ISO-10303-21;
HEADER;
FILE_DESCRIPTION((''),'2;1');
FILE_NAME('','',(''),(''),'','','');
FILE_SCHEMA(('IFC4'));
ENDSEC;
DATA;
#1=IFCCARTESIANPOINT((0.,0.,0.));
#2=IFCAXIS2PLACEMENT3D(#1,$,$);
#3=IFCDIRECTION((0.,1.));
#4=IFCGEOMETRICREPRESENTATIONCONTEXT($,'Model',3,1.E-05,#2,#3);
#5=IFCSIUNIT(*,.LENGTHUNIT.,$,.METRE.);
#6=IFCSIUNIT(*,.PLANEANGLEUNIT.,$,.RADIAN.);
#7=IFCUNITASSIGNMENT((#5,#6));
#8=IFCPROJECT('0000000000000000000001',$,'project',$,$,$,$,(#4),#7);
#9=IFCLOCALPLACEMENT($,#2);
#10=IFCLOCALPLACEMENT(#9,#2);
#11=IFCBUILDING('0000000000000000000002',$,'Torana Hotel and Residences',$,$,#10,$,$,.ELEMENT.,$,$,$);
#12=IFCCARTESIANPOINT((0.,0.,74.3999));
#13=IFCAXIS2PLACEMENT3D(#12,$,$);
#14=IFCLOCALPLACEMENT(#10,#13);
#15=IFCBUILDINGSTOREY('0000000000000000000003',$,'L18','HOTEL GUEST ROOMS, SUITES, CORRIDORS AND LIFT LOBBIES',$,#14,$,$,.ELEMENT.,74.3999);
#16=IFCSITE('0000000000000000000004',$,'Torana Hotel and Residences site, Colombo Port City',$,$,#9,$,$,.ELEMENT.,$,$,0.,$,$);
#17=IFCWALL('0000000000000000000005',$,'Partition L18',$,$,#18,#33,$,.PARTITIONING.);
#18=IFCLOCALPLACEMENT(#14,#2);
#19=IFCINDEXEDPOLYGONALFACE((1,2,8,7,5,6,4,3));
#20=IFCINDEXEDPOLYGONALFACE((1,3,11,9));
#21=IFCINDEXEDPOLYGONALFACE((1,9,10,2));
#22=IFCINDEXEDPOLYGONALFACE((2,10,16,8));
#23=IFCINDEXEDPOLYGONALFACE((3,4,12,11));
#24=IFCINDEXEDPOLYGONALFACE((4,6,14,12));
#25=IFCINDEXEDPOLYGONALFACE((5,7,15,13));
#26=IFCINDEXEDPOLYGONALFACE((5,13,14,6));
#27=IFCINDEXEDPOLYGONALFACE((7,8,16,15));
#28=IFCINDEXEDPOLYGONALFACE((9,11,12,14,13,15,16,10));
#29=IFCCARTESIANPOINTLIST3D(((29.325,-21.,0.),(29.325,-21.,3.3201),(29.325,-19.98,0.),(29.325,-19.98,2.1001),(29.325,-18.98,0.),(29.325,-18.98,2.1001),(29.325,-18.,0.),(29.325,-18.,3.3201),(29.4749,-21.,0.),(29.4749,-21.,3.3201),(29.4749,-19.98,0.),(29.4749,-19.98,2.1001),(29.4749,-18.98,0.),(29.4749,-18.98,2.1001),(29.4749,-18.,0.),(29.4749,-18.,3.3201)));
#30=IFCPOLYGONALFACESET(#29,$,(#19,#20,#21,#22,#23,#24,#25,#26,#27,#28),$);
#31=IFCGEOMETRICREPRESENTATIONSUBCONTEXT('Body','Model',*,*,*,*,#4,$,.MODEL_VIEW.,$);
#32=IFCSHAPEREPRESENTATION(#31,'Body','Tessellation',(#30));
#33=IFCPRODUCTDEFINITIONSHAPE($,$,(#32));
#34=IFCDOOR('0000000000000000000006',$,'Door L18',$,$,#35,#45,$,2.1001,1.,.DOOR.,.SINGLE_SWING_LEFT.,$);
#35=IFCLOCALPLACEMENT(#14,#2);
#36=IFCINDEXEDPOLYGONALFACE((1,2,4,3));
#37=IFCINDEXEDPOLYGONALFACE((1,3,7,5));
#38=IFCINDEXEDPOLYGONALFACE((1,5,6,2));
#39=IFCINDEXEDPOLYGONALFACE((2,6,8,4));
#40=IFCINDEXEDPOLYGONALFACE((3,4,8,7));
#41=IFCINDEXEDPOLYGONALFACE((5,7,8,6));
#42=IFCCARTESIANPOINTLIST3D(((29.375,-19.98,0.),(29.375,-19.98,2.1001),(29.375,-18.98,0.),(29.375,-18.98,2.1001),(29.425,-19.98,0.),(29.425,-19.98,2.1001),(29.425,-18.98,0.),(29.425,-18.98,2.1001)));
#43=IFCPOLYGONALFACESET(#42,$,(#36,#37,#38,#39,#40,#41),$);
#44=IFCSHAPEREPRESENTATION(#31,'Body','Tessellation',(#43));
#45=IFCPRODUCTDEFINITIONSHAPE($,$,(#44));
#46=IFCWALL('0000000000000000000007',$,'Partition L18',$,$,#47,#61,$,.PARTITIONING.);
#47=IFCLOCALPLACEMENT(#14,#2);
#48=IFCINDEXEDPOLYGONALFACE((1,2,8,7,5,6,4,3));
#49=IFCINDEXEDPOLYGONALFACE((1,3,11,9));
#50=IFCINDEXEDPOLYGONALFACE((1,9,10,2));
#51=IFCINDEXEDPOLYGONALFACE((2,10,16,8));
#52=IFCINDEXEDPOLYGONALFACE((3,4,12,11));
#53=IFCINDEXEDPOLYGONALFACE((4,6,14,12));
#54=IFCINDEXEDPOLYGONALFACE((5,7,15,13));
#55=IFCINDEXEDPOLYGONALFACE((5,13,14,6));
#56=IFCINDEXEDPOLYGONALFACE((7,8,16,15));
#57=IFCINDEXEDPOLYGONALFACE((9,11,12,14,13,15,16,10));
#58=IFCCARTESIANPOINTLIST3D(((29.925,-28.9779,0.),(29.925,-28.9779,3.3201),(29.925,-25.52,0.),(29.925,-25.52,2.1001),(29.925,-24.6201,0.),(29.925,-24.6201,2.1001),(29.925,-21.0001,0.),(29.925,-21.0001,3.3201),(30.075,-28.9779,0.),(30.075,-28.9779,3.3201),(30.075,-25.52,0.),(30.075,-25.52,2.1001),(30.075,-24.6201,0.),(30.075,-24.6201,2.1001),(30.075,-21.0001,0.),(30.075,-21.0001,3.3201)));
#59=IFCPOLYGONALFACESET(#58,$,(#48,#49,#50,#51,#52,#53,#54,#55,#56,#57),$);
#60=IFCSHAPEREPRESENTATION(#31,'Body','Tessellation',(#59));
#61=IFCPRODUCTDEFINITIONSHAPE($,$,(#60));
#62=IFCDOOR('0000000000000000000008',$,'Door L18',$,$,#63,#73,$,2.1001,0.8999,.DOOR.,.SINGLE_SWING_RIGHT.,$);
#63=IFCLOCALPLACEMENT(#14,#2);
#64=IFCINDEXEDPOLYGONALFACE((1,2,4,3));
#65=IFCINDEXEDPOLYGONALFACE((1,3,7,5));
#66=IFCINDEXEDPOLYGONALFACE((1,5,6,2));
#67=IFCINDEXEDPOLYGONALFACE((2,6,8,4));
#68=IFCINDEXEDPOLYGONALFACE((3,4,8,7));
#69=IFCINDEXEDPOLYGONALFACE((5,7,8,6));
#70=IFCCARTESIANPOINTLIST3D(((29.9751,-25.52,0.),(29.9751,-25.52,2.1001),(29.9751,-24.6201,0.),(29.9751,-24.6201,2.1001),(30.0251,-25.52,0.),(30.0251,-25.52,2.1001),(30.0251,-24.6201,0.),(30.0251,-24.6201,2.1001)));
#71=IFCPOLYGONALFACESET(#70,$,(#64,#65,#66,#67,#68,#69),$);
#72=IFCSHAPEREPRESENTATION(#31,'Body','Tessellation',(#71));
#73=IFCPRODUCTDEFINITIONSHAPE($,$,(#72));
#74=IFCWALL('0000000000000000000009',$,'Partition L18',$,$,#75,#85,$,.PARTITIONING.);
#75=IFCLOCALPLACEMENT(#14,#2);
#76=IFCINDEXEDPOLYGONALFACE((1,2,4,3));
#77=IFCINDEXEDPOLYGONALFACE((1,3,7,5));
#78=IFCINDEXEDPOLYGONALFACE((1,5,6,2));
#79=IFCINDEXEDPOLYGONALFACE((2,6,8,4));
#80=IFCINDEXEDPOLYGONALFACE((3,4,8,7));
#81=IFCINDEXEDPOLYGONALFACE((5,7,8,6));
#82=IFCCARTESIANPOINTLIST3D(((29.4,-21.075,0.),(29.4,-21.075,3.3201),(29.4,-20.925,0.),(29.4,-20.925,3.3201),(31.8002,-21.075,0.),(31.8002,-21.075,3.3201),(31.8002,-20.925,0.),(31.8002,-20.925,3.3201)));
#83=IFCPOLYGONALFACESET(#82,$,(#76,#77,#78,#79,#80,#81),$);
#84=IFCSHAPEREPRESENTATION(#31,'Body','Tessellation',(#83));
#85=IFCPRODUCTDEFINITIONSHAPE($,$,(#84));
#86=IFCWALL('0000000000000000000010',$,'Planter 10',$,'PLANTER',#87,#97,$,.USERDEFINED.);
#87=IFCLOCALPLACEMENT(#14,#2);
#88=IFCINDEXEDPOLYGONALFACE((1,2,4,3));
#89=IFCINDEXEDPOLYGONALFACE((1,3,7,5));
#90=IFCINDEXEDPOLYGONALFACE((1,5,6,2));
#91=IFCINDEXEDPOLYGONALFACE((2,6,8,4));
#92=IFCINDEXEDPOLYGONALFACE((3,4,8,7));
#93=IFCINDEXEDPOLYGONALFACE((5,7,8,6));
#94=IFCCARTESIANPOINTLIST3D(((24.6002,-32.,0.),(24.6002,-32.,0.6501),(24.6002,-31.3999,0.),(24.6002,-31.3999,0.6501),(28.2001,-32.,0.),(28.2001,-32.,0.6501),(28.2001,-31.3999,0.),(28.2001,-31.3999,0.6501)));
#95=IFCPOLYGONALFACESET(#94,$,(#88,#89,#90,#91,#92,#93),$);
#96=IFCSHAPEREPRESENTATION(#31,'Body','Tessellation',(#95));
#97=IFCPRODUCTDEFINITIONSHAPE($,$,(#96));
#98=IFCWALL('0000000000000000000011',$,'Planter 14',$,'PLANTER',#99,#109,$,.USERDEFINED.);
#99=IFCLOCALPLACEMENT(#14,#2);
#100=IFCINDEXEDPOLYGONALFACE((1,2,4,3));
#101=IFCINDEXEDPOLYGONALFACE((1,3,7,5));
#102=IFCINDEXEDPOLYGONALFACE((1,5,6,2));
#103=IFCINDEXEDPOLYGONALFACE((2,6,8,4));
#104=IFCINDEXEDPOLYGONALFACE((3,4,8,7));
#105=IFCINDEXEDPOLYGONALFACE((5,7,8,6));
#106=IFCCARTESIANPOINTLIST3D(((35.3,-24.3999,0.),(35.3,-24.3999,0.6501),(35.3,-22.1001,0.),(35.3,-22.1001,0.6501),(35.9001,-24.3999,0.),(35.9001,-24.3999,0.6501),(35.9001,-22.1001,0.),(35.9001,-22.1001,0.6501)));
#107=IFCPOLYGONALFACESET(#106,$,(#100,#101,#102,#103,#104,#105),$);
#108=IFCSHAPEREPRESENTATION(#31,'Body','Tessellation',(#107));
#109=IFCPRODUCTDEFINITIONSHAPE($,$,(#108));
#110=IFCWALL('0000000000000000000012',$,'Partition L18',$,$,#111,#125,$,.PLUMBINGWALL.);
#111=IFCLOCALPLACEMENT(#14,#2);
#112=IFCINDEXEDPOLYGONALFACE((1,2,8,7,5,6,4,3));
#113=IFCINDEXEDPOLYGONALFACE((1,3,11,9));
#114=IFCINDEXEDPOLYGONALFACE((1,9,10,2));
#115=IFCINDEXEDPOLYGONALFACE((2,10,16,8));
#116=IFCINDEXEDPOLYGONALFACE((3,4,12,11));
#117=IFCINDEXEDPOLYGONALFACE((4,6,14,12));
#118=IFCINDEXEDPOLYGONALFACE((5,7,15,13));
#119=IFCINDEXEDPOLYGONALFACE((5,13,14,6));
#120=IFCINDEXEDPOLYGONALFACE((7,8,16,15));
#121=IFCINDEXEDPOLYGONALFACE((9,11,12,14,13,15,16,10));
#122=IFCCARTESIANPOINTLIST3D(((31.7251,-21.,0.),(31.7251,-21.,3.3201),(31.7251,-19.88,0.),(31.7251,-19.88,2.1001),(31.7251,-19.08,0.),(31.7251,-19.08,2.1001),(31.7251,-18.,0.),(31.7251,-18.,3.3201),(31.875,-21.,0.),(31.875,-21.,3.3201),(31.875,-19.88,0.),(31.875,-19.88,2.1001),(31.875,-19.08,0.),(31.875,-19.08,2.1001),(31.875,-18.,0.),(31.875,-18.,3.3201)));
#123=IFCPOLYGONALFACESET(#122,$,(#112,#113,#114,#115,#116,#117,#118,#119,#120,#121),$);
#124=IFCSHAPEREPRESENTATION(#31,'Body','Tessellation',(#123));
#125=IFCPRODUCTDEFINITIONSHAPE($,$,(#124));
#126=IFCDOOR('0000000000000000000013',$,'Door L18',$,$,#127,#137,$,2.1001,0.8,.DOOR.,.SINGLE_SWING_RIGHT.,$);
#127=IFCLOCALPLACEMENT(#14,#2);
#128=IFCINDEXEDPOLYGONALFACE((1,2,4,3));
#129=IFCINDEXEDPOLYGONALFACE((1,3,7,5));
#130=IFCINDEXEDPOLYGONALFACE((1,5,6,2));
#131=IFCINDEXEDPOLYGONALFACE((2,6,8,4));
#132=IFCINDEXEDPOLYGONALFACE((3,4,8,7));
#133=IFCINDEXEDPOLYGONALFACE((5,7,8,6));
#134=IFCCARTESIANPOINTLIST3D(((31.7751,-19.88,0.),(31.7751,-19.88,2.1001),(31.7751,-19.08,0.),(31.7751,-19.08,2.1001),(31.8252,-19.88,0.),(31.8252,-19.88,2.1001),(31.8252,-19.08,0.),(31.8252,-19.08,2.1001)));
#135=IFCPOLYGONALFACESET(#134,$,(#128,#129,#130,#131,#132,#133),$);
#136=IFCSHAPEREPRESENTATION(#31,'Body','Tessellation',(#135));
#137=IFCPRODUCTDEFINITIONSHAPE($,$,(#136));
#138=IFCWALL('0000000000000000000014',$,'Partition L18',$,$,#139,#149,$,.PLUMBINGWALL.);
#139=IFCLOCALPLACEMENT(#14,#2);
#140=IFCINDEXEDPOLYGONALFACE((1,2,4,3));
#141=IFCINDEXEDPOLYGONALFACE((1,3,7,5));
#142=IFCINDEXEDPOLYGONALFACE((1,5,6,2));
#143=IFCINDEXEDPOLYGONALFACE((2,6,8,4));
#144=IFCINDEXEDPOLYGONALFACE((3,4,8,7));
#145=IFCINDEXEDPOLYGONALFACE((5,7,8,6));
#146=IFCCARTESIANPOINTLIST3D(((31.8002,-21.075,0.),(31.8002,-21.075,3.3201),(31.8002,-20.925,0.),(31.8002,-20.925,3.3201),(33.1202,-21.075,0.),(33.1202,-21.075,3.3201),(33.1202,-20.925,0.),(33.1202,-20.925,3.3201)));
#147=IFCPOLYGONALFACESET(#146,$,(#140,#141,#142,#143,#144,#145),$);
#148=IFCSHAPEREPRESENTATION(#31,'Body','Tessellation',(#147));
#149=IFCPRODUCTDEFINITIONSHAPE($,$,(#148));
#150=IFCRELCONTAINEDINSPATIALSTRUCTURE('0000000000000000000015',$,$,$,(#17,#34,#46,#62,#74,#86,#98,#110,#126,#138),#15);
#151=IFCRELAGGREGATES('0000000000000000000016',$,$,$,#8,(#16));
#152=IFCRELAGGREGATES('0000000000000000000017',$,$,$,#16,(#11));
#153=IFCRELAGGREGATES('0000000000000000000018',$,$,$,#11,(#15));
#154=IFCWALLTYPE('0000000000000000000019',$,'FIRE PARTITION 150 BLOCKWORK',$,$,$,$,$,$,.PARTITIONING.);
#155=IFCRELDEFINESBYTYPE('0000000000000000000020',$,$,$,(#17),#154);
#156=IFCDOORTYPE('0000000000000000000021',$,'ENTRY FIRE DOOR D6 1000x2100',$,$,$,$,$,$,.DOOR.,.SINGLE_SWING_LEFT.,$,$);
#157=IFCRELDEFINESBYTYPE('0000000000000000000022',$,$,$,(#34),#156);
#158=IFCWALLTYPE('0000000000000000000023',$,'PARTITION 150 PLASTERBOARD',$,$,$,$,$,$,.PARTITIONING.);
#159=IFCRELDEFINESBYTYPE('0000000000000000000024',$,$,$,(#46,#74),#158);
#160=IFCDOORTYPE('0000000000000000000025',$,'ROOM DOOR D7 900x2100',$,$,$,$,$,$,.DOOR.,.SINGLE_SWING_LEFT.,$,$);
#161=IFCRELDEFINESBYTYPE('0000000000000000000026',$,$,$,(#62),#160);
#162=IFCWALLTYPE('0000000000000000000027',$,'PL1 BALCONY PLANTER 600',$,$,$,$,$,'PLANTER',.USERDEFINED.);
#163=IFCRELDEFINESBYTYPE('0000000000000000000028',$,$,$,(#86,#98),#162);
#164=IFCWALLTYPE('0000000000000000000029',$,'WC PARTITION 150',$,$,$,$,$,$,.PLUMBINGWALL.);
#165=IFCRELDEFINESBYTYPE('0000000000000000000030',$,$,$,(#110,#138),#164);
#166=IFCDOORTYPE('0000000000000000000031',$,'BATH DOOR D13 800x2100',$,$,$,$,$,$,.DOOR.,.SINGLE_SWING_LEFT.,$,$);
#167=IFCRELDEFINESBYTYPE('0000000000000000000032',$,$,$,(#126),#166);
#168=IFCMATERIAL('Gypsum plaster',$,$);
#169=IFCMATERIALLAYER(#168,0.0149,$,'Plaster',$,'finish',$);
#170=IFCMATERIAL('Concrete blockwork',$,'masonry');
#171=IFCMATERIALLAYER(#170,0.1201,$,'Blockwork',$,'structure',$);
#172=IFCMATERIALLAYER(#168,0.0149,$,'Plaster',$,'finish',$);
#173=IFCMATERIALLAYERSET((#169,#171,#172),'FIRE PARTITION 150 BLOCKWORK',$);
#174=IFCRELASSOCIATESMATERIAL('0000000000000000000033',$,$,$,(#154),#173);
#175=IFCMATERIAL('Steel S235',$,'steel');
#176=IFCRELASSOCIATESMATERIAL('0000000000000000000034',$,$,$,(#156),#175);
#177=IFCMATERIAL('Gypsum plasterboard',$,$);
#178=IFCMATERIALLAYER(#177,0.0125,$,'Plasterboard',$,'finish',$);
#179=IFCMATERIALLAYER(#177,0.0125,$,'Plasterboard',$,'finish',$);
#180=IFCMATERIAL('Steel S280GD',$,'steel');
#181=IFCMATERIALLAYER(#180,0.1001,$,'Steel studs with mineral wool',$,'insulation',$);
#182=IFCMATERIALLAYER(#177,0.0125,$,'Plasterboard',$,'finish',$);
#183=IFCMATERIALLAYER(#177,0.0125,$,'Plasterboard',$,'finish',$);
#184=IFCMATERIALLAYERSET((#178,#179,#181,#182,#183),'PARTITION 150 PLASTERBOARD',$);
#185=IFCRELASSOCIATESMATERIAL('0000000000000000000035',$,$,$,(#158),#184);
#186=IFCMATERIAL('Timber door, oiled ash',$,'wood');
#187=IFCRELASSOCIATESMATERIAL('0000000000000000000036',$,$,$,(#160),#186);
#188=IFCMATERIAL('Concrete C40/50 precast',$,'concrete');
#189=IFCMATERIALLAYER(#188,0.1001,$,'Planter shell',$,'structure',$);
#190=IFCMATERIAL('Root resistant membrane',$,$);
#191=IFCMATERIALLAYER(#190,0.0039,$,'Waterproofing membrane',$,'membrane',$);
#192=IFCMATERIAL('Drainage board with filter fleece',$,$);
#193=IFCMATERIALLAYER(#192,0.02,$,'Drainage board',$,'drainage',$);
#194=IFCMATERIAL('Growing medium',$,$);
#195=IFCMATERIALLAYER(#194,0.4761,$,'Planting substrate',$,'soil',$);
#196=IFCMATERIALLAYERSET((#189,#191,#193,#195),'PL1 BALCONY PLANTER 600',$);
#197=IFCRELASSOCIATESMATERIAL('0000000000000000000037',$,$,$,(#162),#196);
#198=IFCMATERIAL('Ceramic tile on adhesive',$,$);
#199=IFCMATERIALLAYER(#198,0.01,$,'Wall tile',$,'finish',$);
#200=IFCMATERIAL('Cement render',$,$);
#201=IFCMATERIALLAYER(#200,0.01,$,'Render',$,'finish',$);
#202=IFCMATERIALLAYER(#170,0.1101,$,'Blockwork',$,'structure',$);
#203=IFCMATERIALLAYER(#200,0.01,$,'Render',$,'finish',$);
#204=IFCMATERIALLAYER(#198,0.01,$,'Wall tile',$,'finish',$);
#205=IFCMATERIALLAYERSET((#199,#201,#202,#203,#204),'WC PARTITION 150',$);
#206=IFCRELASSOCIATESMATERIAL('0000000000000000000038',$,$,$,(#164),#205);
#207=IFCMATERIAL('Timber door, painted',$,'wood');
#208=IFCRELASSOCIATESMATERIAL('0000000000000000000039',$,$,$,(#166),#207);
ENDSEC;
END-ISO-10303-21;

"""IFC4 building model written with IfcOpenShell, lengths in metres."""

from ifc_helpers import new_model, si_unit, direction, frame, frame_2d, origin, place, context, subcontext, project, spatial, rectangle, extrude, material, layer, layer_set, type_object, element, fill, save


model = new_model("IFC4")

# Units and contexts
model_context = context("Model", 3, precision=1e-05, world=origin(), true_north=direction((0.0, 1.0)))
body_context = subcontext(model_context, "Body", "Model", "MODEL_VIEW")
ifc_project = project(units=[si_unit("LENGTHUNIT", "METRE"), si_unit("PLANEANGLEUNIT", "RADIAN")], contexts=[model_context])

# Site, building, storey
site_placement = place(None, origin())
site = spatial("IfcSite", under=ifc_project, at=site_placement, Name="Torana Hotel and Residences site, Colombo Port City", CompositionType="ELEMENT", RefElevation=0.0)
building_placement = place(site_placement, origin())
building = spatial("IfcBuilding", under=site, at=building_placement, Name="Torana Hotel and Residences", CompositionType="ELEMENT")
storey_placement = place(building_placement, frame((0.0, 0.0, 74.3999)))
storey = spatial("IfcBuildingStorey", under=building, at=storey_placement, Name="L18", Description="HOTEL GUEST ROOMS, SUITES, CORRIDORS AND LIFT LOBBIES", CompositionType="ELEMENT", Elevation=74.3999)

# Shared definitions
ifc_material_1 = material(Name="Steel S280GD", Category="steel")

# Walls, openings, doors
ifc_material_2 = material(Name="Gypsum plaster")
ifc_layer_1 = layer(ifc_material_2, 0.0149, Name="Plaster", Category="finish")
ifc_material_3 = material(Name="Concrete blockwork", Category="masonry")
ifc_layer_2 = layer(ifc_material_3, 0.1201, Name="Blockwork", Category="structure")
ifc_layer_3 = layer(ifc_material_2, 0.0149, Name="Plaster", Category="finish")
ifc_layer_set_1 = layer_set([ifc_layer_1, ifc_layer_2, ifc_layer_3], Name="FIRE PARTITION 150 BLOCKWORK")
wall_type_1 = type_object("IfcWallType", Name="FIRE PARTITION 150 BLOCKWORK", PredefinedType="PARTITIONING", material=ifc_layer_set_1)
wall_1_placement = place(storey_placement, frame((29.3999, -21.0, 0.0), z_axis=(0.0, 0.0, 1.0), x_axis=(0.0, 1.0, 0.0)))
wall_1 = element("IfcWall", 1, at=wall_1_placement, inside=storey, type_object=wall_type_1, Name="Partition L18", PredefinedType="PARTITIONING", context=body_context, shape_type="SweptSolid", body=[
    extrude(rectangle(XDim=3.0, YDim=0.1499, at=frame_2d((1.5, 0.0))), origin(), (0.0, 0.0, 1.0), 3.3201),
])
opening_1_placement = place(wall_1_placement, frame((1.02, 0.0, 0.0)))
opening_1 = element("IfcOpeningElement", 2, at=opening_1_placement, cuts=wall_1, PredefinedType="OPENING", context=body_context, shape_type="SweptSolid", body=[
    extrude(rectangle(XDim=1.0, YDim=2.1001, at=frame_2d((0.5, 1.05))), frame((0.0, 0.085, 0.0), z_axis=(0.0, -1.0, 0.0), x_axis=(1.0, 0.0, 0.0)), (0.0, 0.0, 1.0), 0.1699),
])
ifc_material_4 = material(Name="Steel S235", Category="steel")
door_type_1 = type_object("IfcDoorType", Name="ENTRY FIRE DOOR D6 1000x2100", OperationType="SINGLE_SWING_LEFT", PredefinedType="DOOR", material=ifc_material_4)
door_1_placement = place(opening_1_placement, frame((0.5, 0.0, 0.0), z_axis=(0.0, 0.0, 1.0), x_axis=(-1.0, 0.0, 0.0)))
door_1 = element("IfcDoor", 3, at=door_1_placement, inside=storey, type_object=door_type_1, Name="Door L18", OperationType="SINGLE_SWING_LEFT", OverallHeight=2.1001, OverallWidth=1.0, PredefinedType="DOOR", context=body_context, shape_type="SweptSolid", body=[
    extrude(rectangle(XDim=1.0, YDim=2.1001, at=frame_2d((0.0, 1.05))), frame((0.0, -0.0249, 0.0), z_axis=(0.0, 1.0, 0.0), x_axis=(-1.0, 0.0, 0.0)), (0.0, 0.0, 1.0), 0.05),
])
fill(opening_1, door_1)
ifc_material_5 = material(Name="Gypsum plasterboard")
ifc_layer_4 = layer(ifc_material_5, 0.0125, Name="Plasterboard", Category="finish")
ifc_layer_5 = layer(ifc_material_5, 0.0125, Name="Plasterboard", Category="finish")
ifc_layer_6 = layer(ifc_material_1, 0.1001, Name="Steel studs with mineral wool", Category="insulation")
ifc_layer_7 = layer(ifc_material_5, 0.0125, Name="Plasterboard", Category="finish")
ifc_layer_8 = layer(ifc_material_5, 0.0125, Name="Plasterboard", Category="finish")
ifc_layer_set_2 = layer_set([ifc_layer_4, ifc_layer_5, ifc_layer_6, ifc_layer_7, ifc_layer_8], Name="PARTITION 150 PLASTERBOARD")
wall_type_2 = type_object("IfcWallType", Name="PARTITION 150 PLASTERBOARD", PredefinedType="PARTITIONING", material=ifc_layer_set_2)
wall_2_placement = place(storey_placement, frame((30.0, -28.9778, 0.0), z_axis=(0.0, 0.0, 1.0), x_axis=(0.0, 1.0, 0.0)))
wall_2 = element("IfcWall", 4, at=wall_2_placement, inside=storey, type_object=wall_type_2, Name="Partition L18", PredefinedType="PARTITIONING", context=body_context, shape_type="SweptSolid", body=[
    extrude(rectangle(XDim=7.9778, YDim=0.1499, at=frame_2d((3.9888, 0.0))), origin(), (0.0, 0.0, 1.0), 3.3201),
])
opening_2_placement = place(wall_2_placement, frame((3.4578, 0.0, 0.0)))
opening_2 = element("IfcOpeningElement", 5, at=opening_2_placement, cuts=wall_2, PredefinedType="OPENING", context=body_context, shape_type="SweptSolid", body=[
    extrude(rectangle(XDim=0.8999, YDim=2.1001, at=frame_2d((0.45, 1.05))), frame((0.0, 0.085, 0.0), z_axis=(0.0, -1.0, 0.0), x_axis=(1.0, 0.0, 0.0)), (0.0, 0.0, 1.0), 0.1699),
])
ifc_material_6 = material(Name="Timber door, oiled ash", Category="wood")
door_type_2 = type_object("IfcDoorType", Name="ROOM DOOR D7 900x2100", OperationType="SINGLE_SWING_LEFT", PredefinedType="DOOR", material=ifc_material_6)
door_2_placement = place(opening_2_placement, origin())
door_2 = element("IfcDoor", 6, at=door_2_placement, inside=storey, type_object=door_type_2, Name="Door L18", OperationType="SINGLE_SWING_RIGHT", OverallHeight=2.1001, OverallWidth=0.8999, PredefinedType="DOOR", context=body_context, shape_type="SweptSolid", body=[
    extrude(rectangle(XDim=0.8999, YDim=2.1001, at=frame_2d((0.45, 1.05))), frame((0.0, 0.0249, 0.0), z_axis=(0.0, -1.0, 0.0), x_axis=(1.0, 0.0, 0.0)), (0.0, 0.0, 1.0), 0.05),
])
fill(opening_2, door_2)

# Walls
wall_3_placement = place(storey_placement, frame((29.3999, -21.0, 0.0), z_axis=(0.0, 0.0, 1.0), x_axis=(1.0, 0.0, 0.0)))
element("IfcWall", 7, at=wall_3_placement, inside=storey, type_object=wall_type_2, Name="Partition L18", PredefinedType="PARTITIONING", context=body_context, shape_type="SweptSolid", body=[
    extrude(rectangle(XDim=2.4001, YDim=0.1499, at=frame_2d((1.2002, 0.0))), origin(), (0.0, 0.0, 1.0), 3.3201),
])
ifc_material_7 = material(Name="Concrete C40/50 precast", Category="concrete")
ifc_layer_9 = layer(ifc_material_7, 0.1001, Name="Planter shell", Category="structure")
ifc_material_8 = material(Name="Root resistant membrane")
ifc_layer_10 = layer(ifc_material_8, 0.0039, Name="Waterproofing membrane", Category="membrane")
ifc_material_9 = material(Name="Drainage board with filter fleece")
ifc_layer_11 = layer(ifc_material_9, 0.02, Name="Drainage board", Category="drainage")
ifc_material_10 = material(Name="Growing medium")
ifc_layer_12 = layer(ifc_material_10, 0.4761, Name="Planting substrate", Category="soil")
ifc_layer_set_3 = layer_set([ifc_layer_9, ifc_layer_10, ifc_layer_11, ifc_layer_12], Name="PL1 BALCONY PLANTER 600")
wall_type_3 = type_object("IfcWallType", Name="PL1 BALCONY PLANTER 600", ElementType="PLANTER", PredefinedType="USERDEFINED", material=ifc_layer_set_3)
wall_4_placement = place(storey_placement, frame((28.2, -31.7, 0.0), z_axis=(0.0, 0.0, 1.0), x_axis=(-1.0, 0.0, 0.0)))
element("IfcWall", 8, at=wall_4_placement, inside=storey, type_object=wall_type_3, Name="Planter 10", ObjectType="PLANTER", PredefinedType="USERDEFINED", context=body_context, shape_type="SweptSolid", body=[
    extrude(rectangle(XDim=3.5999, YDim=0.6001, at=frame_2d((1.7998, 0.0))), origin(), (0.0, 0.0, 1.0), 0.6501),
])
wall_5_placement = place(storey_placement, frame((35.6001, -22.1001, 0.0), z_axis=(0.0, 0.0, 1.0), x_axis=(0.0, -1.0, 0.0)))
element("IfcWall", 9, at=wall_5_placement, inside=storey, type_object=wall_type_3, Name="Planter 14", ObjectType="PLANTER", PredefinedType="USERDEFINED", context=body_context, shape_type="SweptSolid", body=[
    extrude(rectangle(XDim=2.2998, YDim=0.6001, at=frame_2d((1.1499, 0.0))), origin(), (0.0, 0.0, 1.0), 0.6501),
])

# Wall, opening, door
ifc_material_11 = material(Name="Ceramic tile on adhesive")
ifc_layer_13 = layer(ifc_material_11, 0.01, Name="Wall tile", Category="finish")
ifc_material_12 = material(Name="Cement render")
ifc_layer_14 = layer(ifc_material_12, 0.01, Name="Render", Category="finish")
ifc_layer_15 = layer(ifc_material_3, 0.1101, Name="Blockwork", Category="structure")
ifc_layer_16 = layer(ifc_material_12, 0.01, Name="Render", Category="finish")
ifc_layer_17 = layer(ifc_material_11, 0.01, Name="Wall tile", Category="finish")
ifc_layer_set_4 = layer_set([ifc_layer_13, ifc_layer_14, ifc_layer_15, ifc_layer_16, ifc_layer_17], Name="WC PARTITION 150")
wall_type_4 = type_object("IfcWallType", Name="WC PARTITION 150", PredefinedType="PLUMBINGWALL", material=ifc_layer_set_4)
wall_6_placement = place(storey_placement, frame((31.8, -21.0, 0.0), z_axis=(0.0, 0.0, 1.0), x_axis=(0.0, 1.0, 0.0)))
wall_6 = element("IfcWall", 10, at=wall_6_placement, inside=storey, type_object=wall_type_4, Name="Partition L18", PredefinedType="PLUMBINGWALL", context=body_context, shape_type="SweptSolid", body=[
    extrude(rectangle(XDim=3.0, YDim=0.1499, at=frame_2d((1.5, 0.0))), origin(), (0.0, 0.0, 1.0), 3.3201),
])
opening_3_placement = place(wall_6_placement, frame((1.1201, 0.0, 0.0)))
opening_3 = element("IfcOpeningElement", 11, at=opening_3_placement, cuts=wall_6, PredefinedType="OPENING", context=body_context, shape_type="SweptSolid", body=[
    extrude(rectangle(XDim=0.8, YDim=2.1001, at=frame_2d((0.3999, 1.05))), frame((0.0, 0.085, 0.0), z_axis=(0.0, -1.0, 0.0), x_axis=(1.0, 0.0, 0.0)), (0.0, 0.0, 1.0), 0.1699),
])
ifc_material_13 = material(Name="Timber door, painted", Category="wood")
door_type_3 = type_object("IfcDoorType", Name="BATH DOOR D13 800x2100", OperationType="SINGLE_SWING_LEFT", PredefinedType="DOOR", material=ifc_material_13)
door_3_placement = place(opening_3_placement, origin())
door_3 = element("IfcDoor", 12, at=door_3_placement, inside=storey, type_object=door_type_3, Name="Door L18", OperationType="SINGLE_SWING_RIGHT", OverallHeight=2.1001, OverallWidth=0.8, PredefinedType="DOOR", context=body_context, shape_type="SweptSolid", body=[
    extrude(rectangle(XDim=0.8, YDim=2.1001, at=frame_2d((0.3999, 1.05))), frame((0.0, 0.0249, 0.0), z_axis=(0.0, -1.0, 0.0), x_axis=(1.0, 0.0, 0.0)), (0.0, 0.0, 1.0), 0.05),
])
fill(opening_3, door_3)

# Wall
wall_7_placement = place(storey_placement, frame((31.8, -21.0, 0.0), z_axis=(0.0, 0.0, 1.0), x_axis=(1.0, 0.0, 0.0)))
element("IfcWall", 13, at=wall_7_placement, inside=storey, type_object=wall_type_4, Name="Partition L18", PredefinedType="PLUMBINGWALL", context=body_context, shape_type="SweptSolid", body=[
    extrude(rectangle(XDim=1.3201, YDim=0.1499, at=frame_2d((0.6602, 0.0))), origin(), (0.0, 0.0, 1.0), 3.3201),
])

save(model, "model.ifc")
